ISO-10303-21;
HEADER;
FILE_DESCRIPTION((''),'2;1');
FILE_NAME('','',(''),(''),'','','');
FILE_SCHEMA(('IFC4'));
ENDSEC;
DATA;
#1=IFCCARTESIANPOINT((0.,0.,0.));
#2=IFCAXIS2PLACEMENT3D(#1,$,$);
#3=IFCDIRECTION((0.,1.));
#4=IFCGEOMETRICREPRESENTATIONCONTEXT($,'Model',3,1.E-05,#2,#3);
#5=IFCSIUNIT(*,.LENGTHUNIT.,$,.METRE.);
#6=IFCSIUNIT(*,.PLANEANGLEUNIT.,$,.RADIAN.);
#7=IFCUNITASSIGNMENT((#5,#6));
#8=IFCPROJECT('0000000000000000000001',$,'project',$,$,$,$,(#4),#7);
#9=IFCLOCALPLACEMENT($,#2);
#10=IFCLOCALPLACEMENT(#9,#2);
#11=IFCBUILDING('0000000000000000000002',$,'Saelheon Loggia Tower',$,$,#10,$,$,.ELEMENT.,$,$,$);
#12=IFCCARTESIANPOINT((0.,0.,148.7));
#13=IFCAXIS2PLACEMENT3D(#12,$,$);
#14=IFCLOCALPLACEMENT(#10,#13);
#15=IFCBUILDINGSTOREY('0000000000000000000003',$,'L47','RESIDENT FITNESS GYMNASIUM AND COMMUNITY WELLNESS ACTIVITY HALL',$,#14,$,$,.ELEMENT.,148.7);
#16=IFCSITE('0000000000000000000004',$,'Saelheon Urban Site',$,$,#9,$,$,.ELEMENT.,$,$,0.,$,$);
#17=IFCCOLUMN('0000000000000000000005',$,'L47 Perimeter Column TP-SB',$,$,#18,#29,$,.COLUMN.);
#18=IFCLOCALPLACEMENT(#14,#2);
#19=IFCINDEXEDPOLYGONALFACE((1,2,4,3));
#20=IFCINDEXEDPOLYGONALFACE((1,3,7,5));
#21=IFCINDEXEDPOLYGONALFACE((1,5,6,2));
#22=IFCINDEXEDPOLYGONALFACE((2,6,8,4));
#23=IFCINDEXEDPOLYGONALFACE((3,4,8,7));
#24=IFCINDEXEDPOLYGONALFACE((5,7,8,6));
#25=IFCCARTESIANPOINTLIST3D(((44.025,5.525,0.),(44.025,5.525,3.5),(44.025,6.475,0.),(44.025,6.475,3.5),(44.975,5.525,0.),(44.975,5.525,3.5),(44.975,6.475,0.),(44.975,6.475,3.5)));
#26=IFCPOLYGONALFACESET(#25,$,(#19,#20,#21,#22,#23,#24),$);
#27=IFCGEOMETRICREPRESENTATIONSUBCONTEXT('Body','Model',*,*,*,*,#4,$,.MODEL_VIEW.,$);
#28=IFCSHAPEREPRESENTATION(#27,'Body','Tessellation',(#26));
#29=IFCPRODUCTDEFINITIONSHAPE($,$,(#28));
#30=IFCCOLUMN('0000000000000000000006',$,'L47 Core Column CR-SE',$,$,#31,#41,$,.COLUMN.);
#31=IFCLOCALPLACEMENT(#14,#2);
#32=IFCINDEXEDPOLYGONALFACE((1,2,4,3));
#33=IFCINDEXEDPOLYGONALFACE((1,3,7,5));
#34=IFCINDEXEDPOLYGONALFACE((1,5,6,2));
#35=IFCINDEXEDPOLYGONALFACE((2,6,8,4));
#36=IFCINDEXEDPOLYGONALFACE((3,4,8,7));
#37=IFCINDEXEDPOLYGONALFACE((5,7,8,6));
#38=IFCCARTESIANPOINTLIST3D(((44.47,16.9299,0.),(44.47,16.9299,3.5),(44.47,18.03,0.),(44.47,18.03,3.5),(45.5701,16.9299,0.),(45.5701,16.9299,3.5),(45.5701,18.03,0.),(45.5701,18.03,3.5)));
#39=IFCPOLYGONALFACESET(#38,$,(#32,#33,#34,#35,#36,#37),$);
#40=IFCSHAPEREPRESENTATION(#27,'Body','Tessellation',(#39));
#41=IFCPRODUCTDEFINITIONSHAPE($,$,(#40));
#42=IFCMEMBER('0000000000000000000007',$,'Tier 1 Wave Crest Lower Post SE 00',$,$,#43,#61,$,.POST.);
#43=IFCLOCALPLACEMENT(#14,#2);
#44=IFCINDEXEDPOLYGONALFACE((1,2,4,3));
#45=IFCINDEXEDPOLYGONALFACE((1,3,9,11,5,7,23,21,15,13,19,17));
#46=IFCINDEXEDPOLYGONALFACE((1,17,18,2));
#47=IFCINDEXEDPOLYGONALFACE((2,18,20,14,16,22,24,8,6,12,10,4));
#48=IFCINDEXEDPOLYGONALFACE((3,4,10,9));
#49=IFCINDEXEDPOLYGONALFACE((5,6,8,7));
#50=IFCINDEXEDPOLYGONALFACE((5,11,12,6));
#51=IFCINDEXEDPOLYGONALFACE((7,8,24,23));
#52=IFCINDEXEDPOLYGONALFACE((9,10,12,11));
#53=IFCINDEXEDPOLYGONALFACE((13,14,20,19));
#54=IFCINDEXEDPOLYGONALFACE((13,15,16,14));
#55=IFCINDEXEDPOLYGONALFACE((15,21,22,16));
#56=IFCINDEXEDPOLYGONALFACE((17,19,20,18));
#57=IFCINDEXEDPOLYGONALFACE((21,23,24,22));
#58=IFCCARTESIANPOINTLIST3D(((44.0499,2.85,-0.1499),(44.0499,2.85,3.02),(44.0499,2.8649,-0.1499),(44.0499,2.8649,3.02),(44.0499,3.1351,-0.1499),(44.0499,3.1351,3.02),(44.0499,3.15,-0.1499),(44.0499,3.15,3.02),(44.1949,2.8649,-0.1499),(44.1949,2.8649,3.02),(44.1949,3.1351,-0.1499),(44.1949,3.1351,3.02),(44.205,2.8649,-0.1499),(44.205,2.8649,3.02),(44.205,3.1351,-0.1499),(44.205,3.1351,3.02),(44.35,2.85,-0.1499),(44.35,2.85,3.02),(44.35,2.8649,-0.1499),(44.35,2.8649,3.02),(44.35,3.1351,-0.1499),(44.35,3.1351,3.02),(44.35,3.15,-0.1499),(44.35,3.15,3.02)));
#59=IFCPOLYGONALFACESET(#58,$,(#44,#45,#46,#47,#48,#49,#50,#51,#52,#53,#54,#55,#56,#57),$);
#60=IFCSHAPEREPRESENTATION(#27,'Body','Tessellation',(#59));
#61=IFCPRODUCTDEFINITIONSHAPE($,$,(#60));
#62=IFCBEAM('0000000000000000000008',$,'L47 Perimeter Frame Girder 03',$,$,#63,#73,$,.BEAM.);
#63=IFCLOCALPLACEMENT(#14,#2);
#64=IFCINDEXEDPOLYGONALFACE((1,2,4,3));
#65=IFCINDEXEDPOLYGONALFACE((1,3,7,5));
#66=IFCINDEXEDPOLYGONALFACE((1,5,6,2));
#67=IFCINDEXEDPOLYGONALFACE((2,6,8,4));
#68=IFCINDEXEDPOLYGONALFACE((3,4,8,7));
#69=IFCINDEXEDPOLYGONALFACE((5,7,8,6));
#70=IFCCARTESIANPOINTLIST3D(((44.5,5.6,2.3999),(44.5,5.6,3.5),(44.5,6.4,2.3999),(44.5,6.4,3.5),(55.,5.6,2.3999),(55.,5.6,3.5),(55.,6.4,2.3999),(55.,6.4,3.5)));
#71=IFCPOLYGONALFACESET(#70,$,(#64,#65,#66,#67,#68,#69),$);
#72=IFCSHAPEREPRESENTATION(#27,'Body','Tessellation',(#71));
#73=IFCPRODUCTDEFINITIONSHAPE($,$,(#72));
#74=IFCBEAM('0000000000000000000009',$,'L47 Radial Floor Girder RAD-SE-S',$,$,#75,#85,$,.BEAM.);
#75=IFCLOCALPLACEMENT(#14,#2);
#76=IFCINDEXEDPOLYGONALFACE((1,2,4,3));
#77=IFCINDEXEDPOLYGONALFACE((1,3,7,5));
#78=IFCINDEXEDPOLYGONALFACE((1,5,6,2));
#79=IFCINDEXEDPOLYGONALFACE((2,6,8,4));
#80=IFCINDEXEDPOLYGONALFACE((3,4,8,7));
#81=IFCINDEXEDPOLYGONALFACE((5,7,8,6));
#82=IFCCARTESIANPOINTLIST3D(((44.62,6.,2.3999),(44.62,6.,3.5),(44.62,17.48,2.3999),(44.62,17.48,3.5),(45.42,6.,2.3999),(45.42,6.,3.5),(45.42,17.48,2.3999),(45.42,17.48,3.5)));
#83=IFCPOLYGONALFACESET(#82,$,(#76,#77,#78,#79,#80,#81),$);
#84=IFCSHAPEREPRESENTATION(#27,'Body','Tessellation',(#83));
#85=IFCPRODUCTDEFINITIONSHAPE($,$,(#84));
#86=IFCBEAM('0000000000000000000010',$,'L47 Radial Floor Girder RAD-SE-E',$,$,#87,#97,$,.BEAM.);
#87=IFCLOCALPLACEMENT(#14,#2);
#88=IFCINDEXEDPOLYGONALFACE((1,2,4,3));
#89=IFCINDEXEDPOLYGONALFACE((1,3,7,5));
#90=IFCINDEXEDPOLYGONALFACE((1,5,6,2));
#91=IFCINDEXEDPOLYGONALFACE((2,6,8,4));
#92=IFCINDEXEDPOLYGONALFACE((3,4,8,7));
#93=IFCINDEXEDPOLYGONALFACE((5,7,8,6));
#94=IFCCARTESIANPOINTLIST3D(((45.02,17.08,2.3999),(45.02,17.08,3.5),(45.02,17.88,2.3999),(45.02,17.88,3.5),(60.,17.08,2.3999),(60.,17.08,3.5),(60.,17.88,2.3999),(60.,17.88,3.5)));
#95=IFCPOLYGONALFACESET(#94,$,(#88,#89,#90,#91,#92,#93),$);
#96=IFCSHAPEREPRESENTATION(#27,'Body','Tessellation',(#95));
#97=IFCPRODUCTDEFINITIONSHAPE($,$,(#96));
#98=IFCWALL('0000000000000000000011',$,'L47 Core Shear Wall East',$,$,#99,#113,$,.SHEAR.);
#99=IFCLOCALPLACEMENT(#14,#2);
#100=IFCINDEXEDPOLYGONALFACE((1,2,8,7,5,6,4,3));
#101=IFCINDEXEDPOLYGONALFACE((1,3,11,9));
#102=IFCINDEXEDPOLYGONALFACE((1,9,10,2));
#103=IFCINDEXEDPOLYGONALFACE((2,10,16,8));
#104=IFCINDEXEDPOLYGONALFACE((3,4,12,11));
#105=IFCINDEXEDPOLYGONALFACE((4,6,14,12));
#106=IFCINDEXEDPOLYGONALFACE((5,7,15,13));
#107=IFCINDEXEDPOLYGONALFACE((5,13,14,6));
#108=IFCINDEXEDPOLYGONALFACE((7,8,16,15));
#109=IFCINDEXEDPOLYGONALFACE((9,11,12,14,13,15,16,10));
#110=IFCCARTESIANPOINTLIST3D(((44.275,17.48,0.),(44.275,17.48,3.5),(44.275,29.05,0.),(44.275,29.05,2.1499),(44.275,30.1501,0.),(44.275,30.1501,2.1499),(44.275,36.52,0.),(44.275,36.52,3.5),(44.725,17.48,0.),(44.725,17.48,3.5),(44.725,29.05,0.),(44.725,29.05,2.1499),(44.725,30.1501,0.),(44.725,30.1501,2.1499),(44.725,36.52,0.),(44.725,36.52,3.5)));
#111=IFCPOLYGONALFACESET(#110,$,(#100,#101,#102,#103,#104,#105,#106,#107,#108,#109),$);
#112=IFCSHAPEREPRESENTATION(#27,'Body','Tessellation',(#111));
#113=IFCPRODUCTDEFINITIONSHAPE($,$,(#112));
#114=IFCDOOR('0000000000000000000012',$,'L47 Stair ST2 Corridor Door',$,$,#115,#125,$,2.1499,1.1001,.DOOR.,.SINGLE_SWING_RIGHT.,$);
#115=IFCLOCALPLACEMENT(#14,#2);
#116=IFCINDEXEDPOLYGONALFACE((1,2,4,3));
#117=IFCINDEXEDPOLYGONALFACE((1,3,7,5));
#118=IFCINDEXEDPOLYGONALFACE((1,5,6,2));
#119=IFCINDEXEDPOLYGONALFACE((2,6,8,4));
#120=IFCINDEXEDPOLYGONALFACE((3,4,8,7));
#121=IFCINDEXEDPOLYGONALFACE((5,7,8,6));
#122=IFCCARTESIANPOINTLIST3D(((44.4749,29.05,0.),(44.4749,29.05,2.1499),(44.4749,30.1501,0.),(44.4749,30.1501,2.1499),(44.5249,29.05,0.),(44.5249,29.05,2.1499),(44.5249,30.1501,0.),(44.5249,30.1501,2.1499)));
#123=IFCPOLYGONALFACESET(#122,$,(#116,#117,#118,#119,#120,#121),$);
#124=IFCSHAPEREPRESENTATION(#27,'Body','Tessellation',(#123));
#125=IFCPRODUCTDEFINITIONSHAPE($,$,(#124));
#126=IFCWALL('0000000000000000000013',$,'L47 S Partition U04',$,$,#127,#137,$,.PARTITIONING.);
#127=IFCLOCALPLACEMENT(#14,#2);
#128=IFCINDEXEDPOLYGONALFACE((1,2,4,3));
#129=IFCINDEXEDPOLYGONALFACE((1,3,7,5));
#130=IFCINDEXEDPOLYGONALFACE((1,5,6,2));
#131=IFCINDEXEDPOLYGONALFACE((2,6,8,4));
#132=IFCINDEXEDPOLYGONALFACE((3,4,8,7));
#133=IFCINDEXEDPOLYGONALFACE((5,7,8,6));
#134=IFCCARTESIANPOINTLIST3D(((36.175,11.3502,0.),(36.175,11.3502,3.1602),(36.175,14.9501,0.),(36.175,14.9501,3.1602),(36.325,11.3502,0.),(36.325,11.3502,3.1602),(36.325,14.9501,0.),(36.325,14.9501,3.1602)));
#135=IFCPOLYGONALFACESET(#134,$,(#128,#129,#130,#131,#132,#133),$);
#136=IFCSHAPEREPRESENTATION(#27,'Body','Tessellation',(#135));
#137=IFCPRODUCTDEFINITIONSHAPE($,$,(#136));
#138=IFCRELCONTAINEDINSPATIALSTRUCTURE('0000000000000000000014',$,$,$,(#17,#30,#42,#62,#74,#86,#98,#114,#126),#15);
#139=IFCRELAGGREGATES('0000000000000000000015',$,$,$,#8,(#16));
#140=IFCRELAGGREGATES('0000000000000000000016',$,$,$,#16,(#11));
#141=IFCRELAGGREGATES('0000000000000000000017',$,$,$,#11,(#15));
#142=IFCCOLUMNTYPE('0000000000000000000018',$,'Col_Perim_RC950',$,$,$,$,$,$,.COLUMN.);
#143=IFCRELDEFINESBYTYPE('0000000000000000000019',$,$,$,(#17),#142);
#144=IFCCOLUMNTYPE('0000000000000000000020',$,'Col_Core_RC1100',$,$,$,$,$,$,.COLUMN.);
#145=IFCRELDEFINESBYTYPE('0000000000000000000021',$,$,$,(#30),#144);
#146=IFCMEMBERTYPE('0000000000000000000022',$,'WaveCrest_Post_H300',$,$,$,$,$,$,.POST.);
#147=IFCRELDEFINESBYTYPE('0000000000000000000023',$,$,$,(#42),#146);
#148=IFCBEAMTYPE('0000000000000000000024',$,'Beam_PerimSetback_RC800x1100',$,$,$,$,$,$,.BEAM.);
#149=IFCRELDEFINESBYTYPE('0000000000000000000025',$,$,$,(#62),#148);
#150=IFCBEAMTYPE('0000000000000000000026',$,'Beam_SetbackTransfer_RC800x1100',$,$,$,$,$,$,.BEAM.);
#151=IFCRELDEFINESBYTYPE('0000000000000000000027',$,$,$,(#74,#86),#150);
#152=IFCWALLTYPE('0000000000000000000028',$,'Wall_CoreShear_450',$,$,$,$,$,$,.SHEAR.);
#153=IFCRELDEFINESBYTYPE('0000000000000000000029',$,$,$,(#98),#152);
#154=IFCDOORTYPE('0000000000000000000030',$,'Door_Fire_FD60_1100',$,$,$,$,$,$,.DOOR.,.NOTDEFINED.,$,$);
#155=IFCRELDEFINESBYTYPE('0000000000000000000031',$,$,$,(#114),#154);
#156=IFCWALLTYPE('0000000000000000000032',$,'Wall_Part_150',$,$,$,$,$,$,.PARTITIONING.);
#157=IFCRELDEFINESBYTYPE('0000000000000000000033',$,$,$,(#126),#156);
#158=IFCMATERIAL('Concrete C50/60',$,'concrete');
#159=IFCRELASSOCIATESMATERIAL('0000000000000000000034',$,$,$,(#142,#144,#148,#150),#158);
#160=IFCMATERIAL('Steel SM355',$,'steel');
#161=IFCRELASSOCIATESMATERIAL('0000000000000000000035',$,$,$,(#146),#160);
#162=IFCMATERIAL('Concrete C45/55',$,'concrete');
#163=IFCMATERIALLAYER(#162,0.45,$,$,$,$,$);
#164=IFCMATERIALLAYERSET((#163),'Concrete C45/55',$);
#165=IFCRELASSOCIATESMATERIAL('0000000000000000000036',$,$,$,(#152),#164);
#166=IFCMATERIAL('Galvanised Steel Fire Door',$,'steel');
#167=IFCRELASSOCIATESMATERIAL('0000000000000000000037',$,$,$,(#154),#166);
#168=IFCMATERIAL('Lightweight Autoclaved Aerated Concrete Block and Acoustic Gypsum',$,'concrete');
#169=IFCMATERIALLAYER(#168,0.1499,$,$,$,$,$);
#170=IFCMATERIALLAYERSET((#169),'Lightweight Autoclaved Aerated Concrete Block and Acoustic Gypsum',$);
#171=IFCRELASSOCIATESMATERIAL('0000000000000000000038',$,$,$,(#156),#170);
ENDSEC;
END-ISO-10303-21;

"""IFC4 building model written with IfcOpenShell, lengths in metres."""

from ifc_helpers import new_model, si_unit, direction, frame, frame_2d, origin, origin_2d, place, context, subcontext, project, spatial, rectangle, i_section, extrude, source, transform, mapped, material, layer, layer_set, material_profile, profile_set, type_object, element, fill, save


model = new_model("IFC4")

# Units and contexts
model_context = context("Model", 3, precision=1e-05, world=origin(), true_north=direction((0.0, 1.0)))
body_context = subcontext(model_context, "Body", "Model", "MODEL_VIEW")
ifc_project = project(units=[si_unit("LENGTHUNIT", "METRE"), si_unit("PLANEANGLEUNIT", "RADIAN")], contexts=[model_context])

# Site, building, storey
site_placement = place(None, origin())
site = spatial("IfcSite", under=ifc_project, at=site_placement, Name="Saelheon Urban Site", CompositionType="ELEMENT", RefElevation=0.0)
building_placement = place(site_placement, origin())
building = spatial("IfcBuilding", under=site, at=building_placement, Name="Saelheon Loggia Tower", CompositionType="ELEMENT")
storey_placement = place(building_placement, frame((0.0, 0.0, 148.7)))
storey = spatial("IfcBuildingStorey", under=building, at=storey_placement, Name="L47", Description="RESIDENT FITNESS GYMNASIUM AND COMMUNITY WELLNESS ACTIVITY HALL", CompositionType="ELEMENT", Elevation=148.7)

# Columns
ifc_material_1 = material(Name="Concrete C50/60", Category="concrete")
ifc_material_profile_1 = material_profile(ifc_material_1, rectangle(XDim=0.95, YDim=0.95, at=origin_2d()), Name="RC-950x950")
ifc_profile_set_1 = profile_set([ifc_material_profile_1], Name="Concrete C50/60")
column_type_1 = type_object("IfcColumnType", Name="Col_Perim_RC950", PredefinedType="COLUMN", material=ifc_profile_set_1)
shared_shape_1 = source(origin(), body_context, "Body", "SweptSolid", [
    extrude(rectangle(XDim=0.95, YDim=0.95, at=origin_2d()), origin(), (0.0, 0.0, 1.0), 3.5),
])
column_1_placement = place(storey_placement, frame((44.5, 6.0, 0.0), z_axis=(0.0, 0.0, 1.0), x_axis=(1.0, 0.0, 0.0)))
element("IfcColumn", 1, at=column_1_placement, inside=storey, type_object=column_type_1, Name="L47 Perimeter Column TP-SB", PredefinedType="COLUMN", context=body_context, shape_type="MappedRepresentation", body=[
    mapped(shared_shape_1, transform((0.0, 0.0, 0.0), scale=1.0)),
])
ifc_material_profile_2 = material_profile(ifc_material_1, rectangle(XDim=1.1001, YDim=1.1001, at=origin_2d()), Name="RC-1100x1100")
ifc_profile_set_2 = profile_set([ifc_material_profile_2], Name="Concrete C50/60")
column_type_2 = type_object("IfcColumnType", Name="Col_Core_RC1100", PredefinedType="COLUMN", material=ifc_profile_set_2)
shared_shape_2 = source(origin(), body_context, "Body", "SweptSolid", [
    extrude(rectangle(XDim=1.1001, YDim=1.1001, at=origin_2d()), origin(), (0.0, 0.0, 1.0), 3.5),
])
column_2_placement = place(storey_placement, frame((45.02, 17.48, 0.0), z_axis=(0.0, 0.0, 1.0), x_axis=(1.0, 0.0, 0.0)))
element("IfcColumn", 2, at=column_2_placement, inside=storey, type_object=column_type_2, Name="L47 Core Column CR-SE", PredefinedType="COLUMN", context=body_context, shape_type="MappedRepresentation", body=[
    mapped(shared_shape_2, transform((0.0, 0.0, 0.0), scale=1.0)),
])

# Member
ifc_material_2 = material(Name="Steel SM355", Category="steel")
ifc_material_profile_3 = material_profile(ifc_material_2, i_section(OverallWidth=0.3, OverallDepth=0.3, WebThickness=0.01, FlangeThickness=0.0149, at=origin_2d()), Name="H-300x300x10x15")
ifc_profile_set_3 = profile_set([ifc_material_profile_3], Name="Steel SM355")
member_type = type_object("IfcMemberType", Name="WaveCrest_Post_H300", PredefinedType="POST", material=ifc_profile_set_3)
shared_shape_3 = source(origin(), body_context, "Body", "SweptSolid", [
    extrude(i_section(OverallWidth=0.3, OverallDepth=0.3, WebThickness=0.01, FlangeThickness=0.0149, at=origin_2d()), origin(), (0.0, 0.0, 1.0), 3.1699),
])
member_placement = place(storey_placement, frame((44.2, 3.0, -0.1499), z_axis=(0.0, 0.0, 1.0), x_axis=(1.0, 0.0, 0.0)))
element("IfcMember", 3, at=member_placement, inside=storey, type_object=member_type, Name="Tier 1 Wave Crest Lower Post SE 00", PredefinedType="POST", context=body_context, shape_type="MappedRepresentation", body=[
    mapped(shared_shape_3, transform((0.0, 0.0, 0.0), scale=1.0)),
])

# Beams
ifc_material_profile_4 = material_profile(ifc_material_1, rectangle(XDim=0.8, YDim=1.1001, at=origin_2d()), Name="RC-800x1100")
ifc_profile_set_4 = profile_set([ifc_material_profile_4], Name="Concrete C50/60")
beam_type_1 = type_object("IfcBeamType", Name="Beam_PerimSetback_RC800x1100", PredefinedType="BEAM", material=ifc_profile_set_4)
shared_shape_4 = source(origin(), body_context, "Body", "SweptSolid", [
    extrude(rectangle(XDim=0.8, YDim=1.1001, at=origin_2d()), origin(), (0.0, 0.0, 1.0), 10.5),
])
beam_1_placement = place(storey_placement, frame((44.5, 6.0, 2.95), z_axis=(1.0, 0.0, 0.0), x_axis=(0.0, 1.0, 0.0)))
element("IfcBeam", 4, at=beam_1_placement, inside=storey, type_object=beam_type_1, Name="L47 Perimeter Frame Girder 03", PredefinedType="BEAM", context=body_context, shape_type="MappedRepresentation", body=[
    mapped(shared_shape_4, transform((0.0, 0.0, 0.0), scale=1.0)),
])
ifc_material_profile_5 = material_profile(ifc_material_1, rectangle(XDim=0.8, YDim=1.1001, at=origin_2d()), Name="RC-800x1100")
ifc_profile_set_5 = profile_set([ifc_material_profile_5], Name="Concrete C50/60")
beam_type_2 = type_object("IfcBeamType", Name="Beam_SetbackTransfer_RC800x1100", PredefinedType="BEAM", material=ifc_profile_set_5)
shared_shape_5 = source(origin(), body_context, "Body", "SweptSolid", [
    extrude(rectangle(XDim=0.8, YDim=1.1001, at=origin_2d()), origin(), (0.0, 0.0, 1.0), 11.48),
])
beam_2_placement = place(storey_placement, frame((45.02, 17.48, 2.95), z_axis=(0.0, -1.0, 0.0), x_axis=(1.0, 0.0, 0.0)))
element("IfcBeam", 5, at=beam_2_placement, inside=storey, type_object=beam_type_2, Name="L47 Radial Floor Girder RAD-SE-S", PredefinedType="BEAM", context=body_context, shape_type="MappedRepresentation", body=[
    mapped(shared_shape_5, transform((0.0, 0.0, 0.0), scale=1.0)),
])
shared_shape_6 = source(origin(), body_context, "Body", "SweptSolid", [
    extrude(rectangle(XDim=0.8, YDim=1.1001, at=origin_2d()), origin(), (0.0, 0.0, 1.0), 14.98),
])
beam_3_placement = place(storey_placement, frame((45.02, 17.48, 2.95), z_axis=(1.0, 0.0, 0.0), x_axis=(0.0, 1.0, 0.0)))
element("IfcBeam", 6, at=beam_3_placement, inside=storey, type_object=beam_type_2, Name="L47 Radial Floor Girder RAD-SE-E", PredefinedType="BEAM", context=body_context, shape_type="MappedRepresentation", body=[
    mapped(shared_shape_6, transform((0.0, 0.0, 0.0), scale=1.0)),
])

# Wall, opening, door
ifc_material_3 = material(Name="Concrete C45/55", Category="concrete")
ifc_layer_1 = layer(ifc_material_3, 0.45)
ifc_layer_set_1 = layer_set([ifc_layer_1], Name="Concrete C45/55")
wall_type_1 = type_object("IfcWallType", Name="Wall_CoreShear_450", PredefinedType="SHEAR", material=ifc_layer_set_1)
wall_1_placement = place(storey_placement, frame((44.5, 17.48, 0.0), z_axis=(0.0, 0.0, 1.0), x_axis=(0.0, 1.0, 0.0)))
wall_1 = element("IfcWall", 7, at=wall_1_placement, inside=storey, type_object=wall_type_1, Name="L47 Core Shear Wall East", PredefinedType="SHEAR", context=body_context, shape_type="SweptSolid", body=[
    extrude(rectangle(XDim=19.04, YDim=0.45, at=frame_2d((9.52, 0.0))), origin(), (0.0, 0.0, 1.0), 3.5),
])
opening_1_placement = place(wall_1_placement, frame((12.6702, 0.0, 0.0), z_axis=(0.0, 0.0, 1.0), x_axis=(-1.0, 0.0, 0.0)))
opening_1 = element("IfcOpeningElement", 8, at=opening_1_placement, cuts=wall_1, PredefinedType="OPENING", context=body_context, shape_type="SweptSolid", body=[
    extrude(rectangle(XDim=1.1001, YDim=2.1499, at=frame_2d((0.55, 1.075))), frame((0.0, 0.2371, 0.0), z_axis=(0.0, -1.0, 0.0), x_axis=(1.0, 0.0, 0.0)), (0.0, 0.0, 1.0), 0.4739),
])
ifc_material_4 = material(Name="Galvanised Steel Fire Door", Category="steel")
door_type_1 = type_object("IfcDoorType", Name="Door_Fire_FD60_1100", OperationType="NOTDEFINED", PredefinedType="DOOR", material=ifc_material_4)
shared_shape_7 = source(origin(), body_context, "Body", "SweptSolid", [
    extrude(rectangle(XDim=1.1001, YDim=2.1499, at=frame_2d((0.55, 1.075))), frame((0.0, 0.0249, 0.0), z_axis=(0.0, -1.0, 0.0), x_axis=(1.0, 0.0, 0.0)), (0.0, 0.0, 1.0), 0.05),
])
door_1_placement = place(opening_1_placement, origin())
door_1 = element("IfcDoor", 9, at=door_1_placement, inside=storey, type_object=door_type_1, Name="L47 Stair ST2 Corridor Door", OperationType="SINGLE_SWING_RIGHT", OverallHeight=2.1499, OverallWidth=1.1001, PredefinedType="DOOR", context=body_context, shape_type="MappedRepresentation", body=[
    mapped(shared_shape_7, transform((0.0, 0.0, 0.0), scale=1.0)),
])
fill(opening_1, door_1)

# Wall
ifc_material_5 = material(Name="Lightweight Autoclaved Aerated Concrete Block and Acoustic Gypsum", Category="concrete")
ifc_layer_2 = layer(ifc_material_5, 0.1499)
ifc_layer_set_2 = layer_set([ifc_layer_2], Name="Lightweight Autoclaved Aerated Concrete Block and Acoustic Gypsum")
wall_type_2 = type_object("IfcWallType", Name="Wall_Part_150", PredefinedType="PARTITIONING", material=ifc_layer_set_2)
wall_2_placement = place(storey_placement, frame((36.25, 14.95, 0.0), z_axis=(0.0, 0.0, 1.0), x_axis=(0.0, -1.0, 0.0)))
element("IfcWall", 10, at=wall_2_placement, inside=storey, type_object=wall_type_2, Name="L47 S Partition U04", PredefinedType="PARTITIONING", context=body_context, shape_type="SweptSolid", body=[
    extrude(rectangle(XDim=3.5999, YDim=0.1499, at=frame_2d((1.7998, 0.0))), origin(), (0.0, 0.0, 1.0), 3.1602),
])

save(model, "model.ifc")
